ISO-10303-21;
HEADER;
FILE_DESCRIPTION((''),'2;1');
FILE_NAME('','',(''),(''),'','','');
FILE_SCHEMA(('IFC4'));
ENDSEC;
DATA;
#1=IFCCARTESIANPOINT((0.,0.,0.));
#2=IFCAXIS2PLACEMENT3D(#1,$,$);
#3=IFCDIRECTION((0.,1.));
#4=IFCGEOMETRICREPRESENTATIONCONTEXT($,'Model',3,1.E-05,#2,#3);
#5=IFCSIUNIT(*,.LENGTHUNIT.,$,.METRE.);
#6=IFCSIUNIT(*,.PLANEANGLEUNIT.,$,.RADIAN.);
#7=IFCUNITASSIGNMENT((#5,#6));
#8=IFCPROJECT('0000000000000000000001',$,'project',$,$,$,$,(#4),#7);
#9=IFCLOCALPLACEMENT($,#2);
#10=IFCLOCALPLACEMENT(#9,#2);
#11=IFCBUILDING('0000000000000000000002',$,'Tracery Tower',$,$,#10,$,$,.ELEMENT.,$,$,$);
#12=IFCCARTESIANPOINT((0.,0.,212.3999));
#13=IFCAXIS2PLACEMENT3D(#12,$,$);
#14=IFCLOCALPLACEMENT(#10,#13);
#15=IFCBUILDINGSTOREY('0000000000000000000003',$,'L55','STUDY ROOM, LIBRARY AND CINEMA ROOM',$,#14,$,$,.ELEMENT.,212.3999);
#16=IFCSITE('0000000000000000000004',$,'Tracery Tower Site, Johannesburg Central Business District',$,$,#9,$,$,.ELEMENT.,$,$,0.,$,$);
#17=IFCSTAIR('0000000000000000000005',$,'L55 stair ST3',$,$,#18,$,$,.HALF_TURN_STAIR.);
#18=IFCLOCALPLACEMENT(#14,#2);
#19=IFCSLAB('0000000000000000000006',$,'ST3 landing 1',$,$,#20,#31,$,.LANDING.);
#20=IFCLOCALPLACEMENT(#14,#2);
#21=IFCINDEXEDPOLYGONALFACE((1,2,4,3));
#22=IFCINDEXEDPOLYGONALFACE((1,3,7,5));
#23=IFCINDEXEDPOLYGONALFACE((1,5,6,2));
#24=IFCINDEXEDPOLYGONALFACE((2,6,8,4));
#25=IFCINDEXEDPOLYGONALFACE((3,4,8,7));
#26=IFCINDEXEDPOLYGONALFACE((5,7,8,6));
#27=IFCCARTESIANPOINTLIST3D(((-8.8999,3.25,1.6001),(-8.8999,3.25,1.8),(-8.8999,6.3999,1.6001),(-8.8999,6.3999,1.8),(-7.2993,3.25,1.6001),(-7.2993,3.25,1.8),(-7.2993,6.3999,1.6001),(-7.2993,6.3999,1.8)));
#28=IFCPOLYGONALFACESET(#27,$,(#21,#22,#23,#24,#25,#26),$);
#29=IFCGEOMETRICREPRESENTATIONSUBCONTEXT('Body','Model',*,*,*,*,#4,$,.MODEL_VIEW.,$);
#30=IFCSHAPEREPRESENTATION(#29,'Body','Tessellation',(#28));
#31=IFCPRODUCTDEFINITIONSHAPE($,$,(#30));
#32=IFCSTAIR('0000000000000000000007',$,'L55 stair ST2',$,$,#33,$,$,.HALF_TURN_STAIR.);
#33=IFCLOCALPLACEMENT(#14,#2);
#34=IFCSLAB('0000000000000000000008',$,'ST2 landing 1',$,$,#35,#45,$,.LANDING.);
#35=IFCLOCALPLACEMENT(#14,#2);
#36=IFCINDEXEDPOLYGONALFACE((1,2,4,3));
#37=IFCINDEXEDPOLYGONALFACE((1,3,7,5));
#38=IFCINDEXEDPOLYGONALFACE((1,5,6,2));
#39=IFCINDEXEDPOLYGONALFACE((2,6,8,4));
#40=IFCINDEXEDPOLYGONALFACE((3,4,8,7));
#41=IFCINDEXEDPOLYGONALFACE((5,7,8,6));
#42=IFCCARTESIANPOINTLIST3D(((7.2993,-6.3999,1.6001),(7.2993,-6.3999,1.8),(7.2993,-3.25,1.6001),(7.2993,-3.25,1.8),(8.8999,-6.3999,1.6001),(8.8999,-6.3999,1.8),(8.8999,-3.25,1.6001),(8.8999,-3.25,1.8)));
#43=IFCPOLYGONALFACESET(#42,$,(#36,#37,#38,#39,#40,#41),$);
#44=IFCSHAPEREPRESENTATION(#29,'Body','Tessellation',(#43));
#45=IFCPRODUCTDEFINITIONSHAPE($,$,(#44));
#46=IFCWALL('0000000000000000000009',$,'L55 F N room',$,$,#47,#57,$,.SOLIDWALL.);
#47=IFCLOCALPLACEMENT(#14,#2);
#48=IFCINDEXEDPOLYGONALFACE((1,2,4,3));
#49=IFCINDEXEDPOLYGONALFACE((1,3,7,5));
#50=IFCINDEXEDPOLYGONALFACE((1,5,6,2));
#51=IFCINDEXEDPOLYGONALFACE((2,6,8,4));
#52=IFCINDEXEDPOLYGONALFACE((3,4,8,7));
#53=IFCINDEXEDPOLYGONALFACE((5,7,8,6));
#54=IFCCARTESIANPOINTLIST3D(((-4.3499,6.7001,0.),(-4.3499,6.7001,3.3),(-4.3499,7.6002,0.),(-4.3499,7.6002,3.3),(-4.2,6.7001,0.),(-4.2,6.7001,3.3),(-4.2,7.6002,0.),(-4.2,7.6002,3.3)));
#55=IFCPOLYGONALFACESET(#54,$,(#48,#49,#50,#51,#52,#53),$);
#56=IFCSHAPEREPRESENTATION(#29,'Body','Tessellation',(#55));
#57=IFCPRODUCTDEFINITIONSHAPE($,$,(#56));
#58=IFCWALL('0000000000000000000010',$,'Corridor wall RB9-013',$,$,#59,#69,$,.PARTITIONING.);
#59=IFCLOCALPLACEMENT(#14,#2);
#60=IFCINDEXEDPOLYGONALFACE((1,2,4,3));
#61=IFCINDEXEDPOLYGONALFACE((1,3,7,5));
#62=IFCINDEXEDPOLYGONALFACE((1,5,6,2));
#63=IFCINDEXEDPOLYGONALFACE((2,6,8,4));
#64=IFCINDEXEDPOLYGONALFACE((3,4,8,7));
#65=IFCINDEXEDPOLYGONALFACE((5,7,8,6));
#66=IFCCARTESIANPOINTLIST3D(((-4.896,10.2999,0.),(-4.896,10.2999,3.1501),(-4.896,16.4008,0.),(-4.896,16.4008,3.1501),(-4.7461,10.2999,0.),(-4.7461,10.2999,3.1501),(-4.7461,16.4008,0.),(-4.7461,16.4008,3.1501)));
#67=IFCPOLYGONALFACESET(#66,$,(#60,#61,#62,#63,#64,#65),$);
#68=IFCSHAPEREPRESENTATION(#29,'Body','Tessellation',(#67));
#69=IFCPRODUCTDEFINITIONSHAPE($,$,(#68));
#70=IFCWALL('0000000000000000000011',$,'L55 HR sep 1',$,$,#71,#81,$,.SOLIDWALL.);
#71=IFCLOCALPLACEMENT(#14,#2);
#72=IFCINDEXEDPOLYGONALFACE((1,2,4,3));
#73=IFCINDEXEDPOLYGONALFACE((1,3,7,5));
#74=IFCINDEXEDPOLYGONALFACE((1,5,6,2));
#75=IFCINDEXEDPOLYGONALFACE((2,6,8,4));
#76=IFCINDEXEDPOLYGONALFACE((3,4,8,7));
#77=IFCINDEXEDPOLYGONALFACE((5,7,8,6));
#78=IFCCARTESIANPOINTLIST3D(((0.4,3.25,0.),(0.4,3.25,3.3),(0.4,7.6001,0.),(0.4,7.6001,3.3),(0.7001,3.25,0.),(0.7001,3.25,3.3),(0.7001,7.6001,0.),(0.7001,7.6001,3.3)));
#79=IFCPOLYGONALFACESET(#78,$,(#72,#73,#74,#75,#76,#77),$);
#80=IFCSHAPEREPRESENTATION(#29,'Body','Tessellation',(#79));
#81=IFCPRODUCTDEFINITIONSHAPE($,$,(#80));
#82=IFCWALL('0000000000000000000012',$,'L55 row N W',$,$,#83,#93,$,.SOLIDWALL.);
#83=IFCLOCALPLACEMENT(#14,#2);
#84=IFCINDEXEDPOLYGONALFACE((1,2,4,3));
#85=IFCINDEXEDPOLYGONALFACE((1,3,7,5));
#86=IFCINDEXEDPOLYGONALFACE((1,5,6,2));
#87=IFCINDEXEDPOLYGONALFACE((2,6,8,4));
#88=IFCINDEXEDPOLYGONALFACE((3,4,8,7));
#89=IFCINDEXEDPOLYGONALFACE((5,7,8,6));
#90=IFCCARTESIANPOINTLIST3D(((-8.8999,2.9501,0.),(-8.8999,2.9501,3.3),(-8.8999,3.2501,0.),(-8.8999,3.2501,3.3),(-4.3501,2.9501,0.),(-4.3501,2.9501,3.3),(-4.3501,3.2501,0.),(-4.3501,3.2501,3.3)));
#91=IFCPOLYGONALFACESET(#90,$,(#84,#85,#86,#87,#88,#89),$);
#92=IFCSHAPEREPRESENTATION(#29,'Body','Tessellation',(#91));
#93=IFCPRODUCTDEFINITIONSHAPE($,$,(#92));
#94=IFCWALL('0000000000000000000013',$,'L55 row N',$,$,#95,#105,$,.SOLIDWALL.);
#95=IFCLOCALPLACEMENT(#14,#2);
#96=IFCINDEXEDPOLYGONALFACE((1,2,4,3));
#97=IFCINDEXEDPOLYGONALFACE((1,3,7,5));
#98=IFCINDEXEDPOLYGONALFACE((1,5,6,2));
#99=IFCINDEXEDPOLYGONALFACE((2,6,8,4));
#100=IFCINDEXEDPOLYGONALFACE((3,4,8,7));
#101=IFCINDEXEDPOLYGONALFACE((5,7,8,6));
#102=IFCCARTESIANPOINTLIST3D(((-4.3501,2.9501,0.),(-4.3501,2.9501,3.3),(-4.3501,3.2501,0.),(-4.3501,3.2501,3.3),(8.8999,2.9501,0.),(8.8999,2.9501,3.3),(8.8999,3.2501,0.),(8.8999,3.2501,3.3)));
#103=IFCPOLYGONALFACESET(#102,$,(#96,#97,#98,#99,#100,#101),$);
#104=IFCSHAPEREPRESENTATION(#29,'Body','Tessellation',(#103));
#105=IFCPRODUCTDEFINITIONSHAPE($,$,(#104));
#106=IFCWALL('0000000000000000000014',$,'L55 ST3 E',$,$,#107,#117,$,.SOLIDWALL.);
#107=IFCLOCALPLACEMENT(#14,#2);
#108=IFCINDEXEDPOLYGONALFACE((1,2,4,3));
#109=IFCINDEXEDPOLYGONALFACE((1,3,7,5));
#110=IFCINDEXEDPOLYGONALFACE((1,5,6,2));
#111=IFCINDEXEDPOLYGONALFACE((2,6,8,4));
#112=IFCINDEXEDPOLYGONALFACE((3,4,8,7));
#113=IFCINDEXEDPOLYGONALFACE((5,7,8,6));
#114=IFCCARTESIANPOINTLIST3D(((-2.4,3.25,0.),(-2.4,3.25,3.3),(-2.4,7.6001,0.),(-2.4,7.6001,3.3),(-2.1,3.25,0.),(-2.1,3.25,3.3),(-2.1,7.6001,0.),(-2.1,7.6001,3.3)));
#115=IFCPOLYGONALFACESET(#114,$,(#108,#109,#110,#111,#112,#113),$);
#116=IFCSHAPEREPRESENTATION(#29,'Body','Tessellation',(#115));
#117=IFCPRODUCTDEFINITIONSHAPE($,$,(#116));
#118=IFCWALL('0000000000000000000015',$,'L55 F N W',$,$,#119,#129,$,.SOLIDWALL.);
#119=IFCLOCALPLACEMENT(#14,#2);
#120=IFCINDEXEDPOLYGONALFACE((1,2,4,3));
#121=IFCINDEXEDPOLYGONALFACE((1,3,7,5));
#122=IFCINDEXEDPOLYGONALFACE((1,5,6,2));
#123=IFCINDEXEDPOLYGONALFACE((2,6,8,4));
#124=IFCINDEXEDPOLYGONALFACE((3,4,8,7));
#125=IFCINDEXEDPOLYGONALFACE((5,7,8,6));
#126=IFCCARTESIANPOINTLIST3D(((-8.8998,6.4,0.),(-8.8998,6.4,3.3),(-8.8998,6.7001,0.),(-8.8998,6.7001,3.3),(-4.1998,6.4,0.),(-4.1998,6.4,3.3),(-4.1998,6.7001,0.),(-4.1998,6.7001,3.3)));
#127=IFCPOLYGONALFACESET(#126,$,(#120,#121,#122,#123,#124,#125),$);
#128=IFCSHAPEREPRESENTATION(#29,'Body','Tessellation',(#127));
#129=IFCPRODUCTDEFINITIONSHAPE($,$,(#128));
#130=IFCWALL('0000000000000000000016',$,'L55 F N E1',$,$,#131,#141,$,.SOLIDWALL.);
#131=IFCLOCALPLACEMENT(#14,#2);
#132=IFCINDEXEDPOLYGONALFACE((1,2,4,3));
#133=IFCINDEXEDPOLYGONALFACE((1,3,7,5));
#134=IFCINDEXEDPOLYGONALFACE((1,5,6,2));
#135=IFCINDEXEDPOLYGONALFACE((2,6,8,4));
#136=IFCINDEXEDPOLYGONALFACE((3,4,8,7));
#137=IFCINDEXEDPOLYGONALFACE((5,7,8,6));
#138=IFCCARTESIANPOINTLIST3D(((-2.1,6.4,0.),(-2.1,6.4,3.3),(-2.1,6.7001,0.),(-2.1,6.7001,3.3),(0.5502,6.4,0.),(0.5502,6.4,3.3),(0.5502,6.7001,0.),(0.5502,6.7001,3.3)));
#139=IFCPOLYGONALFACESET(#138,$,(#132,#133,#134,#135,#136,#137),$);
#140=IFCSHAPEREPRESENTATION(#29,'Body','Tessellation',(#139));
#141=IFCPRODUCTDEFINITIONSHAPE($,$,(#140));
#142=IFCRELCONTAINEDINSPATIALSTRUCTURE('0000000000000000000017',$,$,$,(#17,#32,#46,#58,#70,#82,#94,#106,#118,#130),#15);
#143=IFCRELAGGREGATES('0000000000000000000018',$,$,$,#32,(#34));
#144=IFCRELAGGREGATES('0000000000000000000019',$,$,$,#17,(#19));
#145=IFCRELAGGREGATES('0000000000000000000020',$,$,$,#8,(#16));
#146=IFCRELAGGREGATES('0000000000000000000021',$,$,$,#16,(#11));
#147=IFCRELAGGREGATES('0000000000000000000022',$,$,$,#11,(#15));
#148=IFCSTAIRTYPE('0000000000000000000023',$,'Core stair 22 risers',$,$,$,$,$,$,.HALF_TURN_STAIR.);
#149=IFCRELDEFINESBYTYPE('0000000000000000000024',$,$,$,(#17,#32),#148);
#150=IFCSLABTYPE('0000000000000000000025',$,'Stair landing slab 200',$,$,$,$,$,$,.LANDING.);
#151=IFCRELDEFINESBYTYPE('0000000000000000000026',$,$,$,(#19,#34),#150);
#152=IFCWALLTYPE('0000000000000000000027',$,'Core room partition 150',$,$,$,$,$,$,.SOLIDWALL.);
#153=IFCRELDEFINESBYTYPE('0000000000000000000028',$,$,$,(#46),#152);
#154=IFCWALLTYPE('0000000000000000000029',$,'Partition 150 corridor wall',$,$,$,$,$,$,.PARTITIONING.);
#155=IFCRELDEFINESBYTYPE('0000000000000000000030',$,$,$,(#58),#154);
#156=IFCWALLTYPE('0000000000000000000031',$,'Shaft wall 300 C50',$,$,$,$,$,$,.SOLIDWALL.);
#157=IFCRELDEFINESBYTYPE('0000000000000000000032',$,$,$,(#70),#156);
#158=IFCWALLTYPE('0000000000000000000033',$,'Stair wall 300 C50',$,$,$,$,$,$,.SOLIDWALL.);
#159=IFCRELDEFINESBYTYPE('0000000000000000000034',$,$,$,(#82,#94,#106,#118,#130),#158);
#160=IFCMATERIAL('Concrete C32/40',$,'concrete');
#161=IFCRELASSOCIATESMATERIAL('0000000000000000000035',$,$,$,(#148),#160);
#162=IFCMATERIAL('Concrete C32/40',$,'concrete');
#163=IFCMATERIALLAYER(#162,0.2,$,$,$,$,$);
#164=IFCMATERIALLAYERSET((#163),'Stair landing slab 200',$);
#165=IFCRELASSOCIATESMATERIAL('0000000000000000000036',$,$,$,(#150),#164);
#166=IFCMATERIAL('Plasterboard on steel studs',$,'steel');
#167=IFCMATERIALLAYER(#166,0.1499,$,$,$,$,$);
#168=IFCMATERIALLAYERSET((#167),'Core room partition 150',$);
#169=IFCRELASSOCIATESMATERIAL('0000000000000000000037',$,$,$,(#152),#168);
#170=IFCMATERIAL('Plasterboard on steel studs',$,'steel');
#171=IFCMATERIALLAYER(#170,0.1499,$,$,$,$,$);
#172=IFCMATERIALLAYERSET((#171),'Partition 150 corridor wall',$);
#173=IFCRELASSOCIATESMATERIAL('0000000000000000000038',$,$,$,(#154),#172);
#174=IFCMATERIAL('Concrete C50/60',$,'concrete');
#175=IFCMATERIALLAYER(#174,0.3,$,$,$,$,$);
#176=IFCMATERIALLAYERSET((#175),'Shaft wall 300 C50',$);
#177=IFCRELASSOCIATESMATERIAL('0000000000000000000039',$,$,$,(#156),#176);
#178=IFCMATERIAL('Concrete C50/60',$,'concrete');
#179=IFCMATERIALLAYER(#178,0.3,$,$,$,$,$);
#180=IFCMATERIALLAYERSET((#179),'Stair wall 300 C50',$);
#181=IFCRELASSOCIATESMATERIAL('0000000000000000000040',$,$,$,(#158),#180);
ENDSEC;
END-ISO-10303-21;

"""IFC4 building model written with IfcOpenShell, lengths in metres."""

from ifc_helpers import new_model, si_unit, direction, frame, frame_2d, origin, place, context, subcontext, project, spatial, polyline, rectangle, outline, extrude, material, layer, layer_set, type_object, element, aggregate, save


model = new_model("IFC4")

# Units and contexts
model_context = context("Model", 3, precision=1e-05, world=origin(), true_north=direction((0.0, 1.0)))
body_context = subcontext(model_context, "Body", "Model", "MODEL_VIEW")
ifc_project = project(units=[si_unit("LENGTHUNIT", "METRE"), si_unit("PLANEANGLEUNIT", "RADIAN")], contexts=[model_context])

# Site, building, storey
site_placement = place(None, origin())
site = spatial("IfcSite", under=ifc_project, at=site_placement, Name="Tracery Tower Site, Johannesburg Central Business District", CompositionType="ELEMENT", RefElevation=0.0)
building_placement = place(site_placement, origin())
building = spatial("IfcBuilding", under=site, at=building_placement, Name="Tracery Tower", CompositionType="ELEMENT")
storey_placement = place(building_placement, frame((0.0, 0.0, 212.3999)))
storey = spatial("IfcBuildingStorey", under=building, at=storey_placement, Name="L55", Description="STUDY ROOM, LIBRARY AND CINEMA ROOM", CompositionType="ELEMENT", Elevation=212.3999)

# Stairs, slabs
ifc_material_1 = material(Name="Concrete C32/40", Category="concrete")
stair_type = type_object("IfcStairType", Name="Core stair 22 risers", PredefinedType="HALF_TURN_STAIR", material=ifc_material_1)
stair_1_placement = place(storey_placement, origin())
stair_1 = element("IfcStair", 1, at=stair_1_placement, inside=storey, type_object=stair_type, Name="L55 stair ST3", PredefinedType="HALF_TURN_STAIR")
ifc_material_2 = material(Name="Concrete C32/40", Category="concrete")
ifc_layer_1 = layer(ifc_material_2, 0.2)
ifc_layer_set_1 = layer_set([ifc_layer_1], Name="Stair landing slab 200")
slab_type = type_object("IfcSlabType", Name="Stair landing slab 200", PredefinedType="LANDING", material=ifc_layer_set_1)
slab_1_placement = place(storey_placement, frame((0.0, 0.0, 1.6001)))
slab_1 = element("IfcSlab", 2, at=slab_1_placement, type_object=slab_type, Name="ST3 landing 1", PredefinedType="LANDING", context=body_context, shape_type="SweptSolid", body=[
    extrude(outline(polyline([(-7.2993, 6.3999), (-8.8999, 6.3999), (-8.8999, 3.25), (-7.2993, 3.25), (-7.2993, 6.3999)])), origin(), (0.0, 0.0, 1.0), 0.2),
])
stair_2_placement = place(storey_placement, origin())
stair_2 = element("IfcStair", 3, at=stair_2_placement, inside=storey, type_object=stair_type, Name="L55 stair ST2", PredefinedType="HALF_TURN_STAIR")
slab_2_placement = place(storey_placement, frame((0.0, 0.0, 1.6001)))
slab_2 = element("IfcSlab", 4, at=slab_2_placement, type_object=slab_type, Name="ST2 landing 1", PredefinedType="LANDING", context=body_context, shape_type="SweptSolid", body=[
    extrude(outline(polyline([(7.2993, -6.3999), (8.8999, -6.3999), (8.8999, -3.25), (7.2993, -3.25), (7.2993, -6.3999)])), origin(), (0.0, 0.0, 1.0), 0.2),
])
aggregate(stair_2, [slab_2])

# Walls
ifc_material_3 = material(Name="Plasterboard on steel studs", Category="steel")
ifc_layer_2 = layer(ifc_material_3, 0.1499)
ifc_layer_set_2 = layer_set([ifc_layer_2], Name="Core room partition 150")
wall_type_1 = type_object("IfcWallType", Name="Core room partition 150", PredefinedType="SOLIDWALL", material=ifc_layer_set_2)
wall_1_placement = place(storey_placement, frame((-4.2749, 6.7, 0.0), z_axis=(0.0, 0.0, 1.0), x_axis=(0.0, 1.0, 0.0)))
element("IfcWall", 5, at=wall_1_placement, inside=storey, type_object=wall_type_1, Name="L55 F N room", PredefinedType="SOLIDWALL", context=body_context, shape_type="SweptSolid", body=[
    extrude(rectangle(XDim=0.9001, YDim=0.1499, at=frame_2d((0.4502, 0.0))), origin(), (0.0, 0.0, 1.0), 3.3),
])
ifc_material_4 = material(Name="Plasterboard on steel studs", Category="steel")
ifc_layer_3 = layer(ifc_material_4, 0.1499)
ifc_layer_set_3 = layer_set([ifc_layer_3], Name="Partition 150 corridor wall")
wall_type_2 = type_object("IfcWallType", Name="Partition 150 corridor wall", PredefinedType="PARTITIONING", material=ifc_layer_set_3)
wall_2_placement = place(storey_placement, frame((-4.821, 10.3, 0.0), z_axis=(0.0, 0.0, 1.0), x_axis=(0.0, 1.0, 0.0)))
element("IfcWall", 6, at=wall_2_placement, inside=storey, type_object=wall_type_2, Name="Corridor wall RB9-013", PredefinedType="PARTITIONING", context=body_context, shape_type="SweptSolid", body=[
    extrude(rectangle(XDim=6.1008, YDim=0.1499, at=frame_2d((3.0503, 0.0))), origin(), (0.0, 0.0, 1.0), 3.1501),
])
ifc_material_5 = material(Name="Concrete C50/60", Category="concrete")
ifc_layer_4 = layer(ifc_material_5, 0.3)
ifc_layer_set_4 = layer_set([ifc_layer_4], Name="Shaft wall 300 C50")
wall_type_3 = type_object("IfcWallType", Name="Shaft wall 300 C50", PredefinedType="SOLIDWALL", material=ifc_layer_set_4)
wall_3_placement = place(storey_placement, frame((0.55, 3.25, 0.0), z_axis=(0.0, 0.0, 1.0), x_axis=(0.0, 1.0, 0.0)))
element("IfcWall", 7, at=wall_3_placement, inside=storey, type_object=wall_type_3, Name="L55 HR sep 1", PredefinedType="SOLIDWALL", context=body_context, shape_type="SweptSolid", body=[
    extrude(rectangle(XDim=4.3501, YDim=0.3, at=frame_2d((2.175, 0.0))), origin(), (0.0, 0.0, 1.0), 3.3),
])

# Walls
ifc_material_6 = material(Name="Concrete C50/60", Category="concrete")
ifc_layer_5 = layer(ifc_material_6, 0.3)
ifc_layer_set_5 = layer_set([ifc_layer_5], Name="Stair wall 300 C50")
wall_type_4 = type_object("IfcWallType", Name="Stair wall 300 C50", PredefinedType="SOLIDWALL", material=ifc_layer_set_5)
wall_4_placement = place(storey_placement, frame((-8.8999, 3.1001, 0.0), z_axis=(0.0, 0.0, 1.0), x_axis=(1.0, 0.0, 0.0)))
element("IfcWall", 8, at=wall_4_placement, inside=storey, type_object=wall_type_4, Name="L55 row N W", PredefinedType="SOLIDWALL", context=body_context, shape_type="SweptSolid", body=[
    extrude(rectangle(XDim=4.5498, YDim=0.3, at=frame_2d((2.2749, 0.0))), origin(), (0.0, 0.0, 1.0), 3.3),
])
wall_5_placement = place(storey_placement, frame((-4.3501, 3.1001, 0.0), z_axis=(0.0, 0.0, 1.0), x_axis=(1.0, 0.0, 0.0)))
element("IfcWall", 9, at=wall_5_placement, inside=storey, type_object=wall_type_4, Name="L55 row N", PredefinedType="SOLIDWALL", context=body_context, shape_type="SweptSolid", body=[
    extrude(rectangle(XDim=13.25, YDim=0.3, at=frame_2d((6.625, 0.0))), origin(), (0.0, 0.0, 1.0), 3.3),
])
wall_6_placement = place(storey_placement, frame((-2.25, 3.25, 0.0), z_axis=(0.0, 0.0, 1.0), x_axis=(0.0, 1.0, 0.0)))
element("IfcWall", 10, at=wall_6_placement, inside=storey, type_object=wall_type_4, Name="L55 ST3 E", PredefinedType="SOLIDWALL", context=body_context, shape_type="SweptSolid", body=[
    extrude(rectangle(XDim=4.3501, YDim=0.3, at=frame_2d((2.175, 0.0))), origin(), (0.0, 0.0, 1.0), 3.3),
])
wall_7_placement = place(storey_placement, frame((-8.8999, 6.55, 0.0), z_axis=(0.0, 0.0, 1.0), x_axis=(1.0, 0.0, 0.0)))
element("IfcWall", 11, at=wall_7_placement, inside=storey, type_object=wall_type_4, Name="L55 F N W", PredefinedType="SOLIDWALL", context=body_context, shape_type="SweptSolid", body=[
    extrude(rectangle(XDim=4.7, YDim=0.3, at=frame_2d((2.3501, 0.0))), origin(), (0.0, 0.0, 1.0), 3.3),
])

# Wall
wall_8_placement = place(storey_placement, frame((-2.1001, 6.55, 0.0), z_axis=(0.0, 0.0, 1.0), x_axis=(1.0, 0.0, 0.0)))
element("IfcWall", 12, at=wall_8_placement, inside=storey, type_object=wall_type_4, Name="L55 F N E1", PredefinedType="SOLIDWALL", context=body_context, shape_type="SweptSolid", body=[
    extrude(rectangle(XDim=2.6501, YDim=0.3, at=frame_2d((1.3252, 0.0))), origin(), (0.0, 0.0, 1.0), 3.3),
])

aggregate(stair_1, [slab_1])

save(model, "model.ifc")
